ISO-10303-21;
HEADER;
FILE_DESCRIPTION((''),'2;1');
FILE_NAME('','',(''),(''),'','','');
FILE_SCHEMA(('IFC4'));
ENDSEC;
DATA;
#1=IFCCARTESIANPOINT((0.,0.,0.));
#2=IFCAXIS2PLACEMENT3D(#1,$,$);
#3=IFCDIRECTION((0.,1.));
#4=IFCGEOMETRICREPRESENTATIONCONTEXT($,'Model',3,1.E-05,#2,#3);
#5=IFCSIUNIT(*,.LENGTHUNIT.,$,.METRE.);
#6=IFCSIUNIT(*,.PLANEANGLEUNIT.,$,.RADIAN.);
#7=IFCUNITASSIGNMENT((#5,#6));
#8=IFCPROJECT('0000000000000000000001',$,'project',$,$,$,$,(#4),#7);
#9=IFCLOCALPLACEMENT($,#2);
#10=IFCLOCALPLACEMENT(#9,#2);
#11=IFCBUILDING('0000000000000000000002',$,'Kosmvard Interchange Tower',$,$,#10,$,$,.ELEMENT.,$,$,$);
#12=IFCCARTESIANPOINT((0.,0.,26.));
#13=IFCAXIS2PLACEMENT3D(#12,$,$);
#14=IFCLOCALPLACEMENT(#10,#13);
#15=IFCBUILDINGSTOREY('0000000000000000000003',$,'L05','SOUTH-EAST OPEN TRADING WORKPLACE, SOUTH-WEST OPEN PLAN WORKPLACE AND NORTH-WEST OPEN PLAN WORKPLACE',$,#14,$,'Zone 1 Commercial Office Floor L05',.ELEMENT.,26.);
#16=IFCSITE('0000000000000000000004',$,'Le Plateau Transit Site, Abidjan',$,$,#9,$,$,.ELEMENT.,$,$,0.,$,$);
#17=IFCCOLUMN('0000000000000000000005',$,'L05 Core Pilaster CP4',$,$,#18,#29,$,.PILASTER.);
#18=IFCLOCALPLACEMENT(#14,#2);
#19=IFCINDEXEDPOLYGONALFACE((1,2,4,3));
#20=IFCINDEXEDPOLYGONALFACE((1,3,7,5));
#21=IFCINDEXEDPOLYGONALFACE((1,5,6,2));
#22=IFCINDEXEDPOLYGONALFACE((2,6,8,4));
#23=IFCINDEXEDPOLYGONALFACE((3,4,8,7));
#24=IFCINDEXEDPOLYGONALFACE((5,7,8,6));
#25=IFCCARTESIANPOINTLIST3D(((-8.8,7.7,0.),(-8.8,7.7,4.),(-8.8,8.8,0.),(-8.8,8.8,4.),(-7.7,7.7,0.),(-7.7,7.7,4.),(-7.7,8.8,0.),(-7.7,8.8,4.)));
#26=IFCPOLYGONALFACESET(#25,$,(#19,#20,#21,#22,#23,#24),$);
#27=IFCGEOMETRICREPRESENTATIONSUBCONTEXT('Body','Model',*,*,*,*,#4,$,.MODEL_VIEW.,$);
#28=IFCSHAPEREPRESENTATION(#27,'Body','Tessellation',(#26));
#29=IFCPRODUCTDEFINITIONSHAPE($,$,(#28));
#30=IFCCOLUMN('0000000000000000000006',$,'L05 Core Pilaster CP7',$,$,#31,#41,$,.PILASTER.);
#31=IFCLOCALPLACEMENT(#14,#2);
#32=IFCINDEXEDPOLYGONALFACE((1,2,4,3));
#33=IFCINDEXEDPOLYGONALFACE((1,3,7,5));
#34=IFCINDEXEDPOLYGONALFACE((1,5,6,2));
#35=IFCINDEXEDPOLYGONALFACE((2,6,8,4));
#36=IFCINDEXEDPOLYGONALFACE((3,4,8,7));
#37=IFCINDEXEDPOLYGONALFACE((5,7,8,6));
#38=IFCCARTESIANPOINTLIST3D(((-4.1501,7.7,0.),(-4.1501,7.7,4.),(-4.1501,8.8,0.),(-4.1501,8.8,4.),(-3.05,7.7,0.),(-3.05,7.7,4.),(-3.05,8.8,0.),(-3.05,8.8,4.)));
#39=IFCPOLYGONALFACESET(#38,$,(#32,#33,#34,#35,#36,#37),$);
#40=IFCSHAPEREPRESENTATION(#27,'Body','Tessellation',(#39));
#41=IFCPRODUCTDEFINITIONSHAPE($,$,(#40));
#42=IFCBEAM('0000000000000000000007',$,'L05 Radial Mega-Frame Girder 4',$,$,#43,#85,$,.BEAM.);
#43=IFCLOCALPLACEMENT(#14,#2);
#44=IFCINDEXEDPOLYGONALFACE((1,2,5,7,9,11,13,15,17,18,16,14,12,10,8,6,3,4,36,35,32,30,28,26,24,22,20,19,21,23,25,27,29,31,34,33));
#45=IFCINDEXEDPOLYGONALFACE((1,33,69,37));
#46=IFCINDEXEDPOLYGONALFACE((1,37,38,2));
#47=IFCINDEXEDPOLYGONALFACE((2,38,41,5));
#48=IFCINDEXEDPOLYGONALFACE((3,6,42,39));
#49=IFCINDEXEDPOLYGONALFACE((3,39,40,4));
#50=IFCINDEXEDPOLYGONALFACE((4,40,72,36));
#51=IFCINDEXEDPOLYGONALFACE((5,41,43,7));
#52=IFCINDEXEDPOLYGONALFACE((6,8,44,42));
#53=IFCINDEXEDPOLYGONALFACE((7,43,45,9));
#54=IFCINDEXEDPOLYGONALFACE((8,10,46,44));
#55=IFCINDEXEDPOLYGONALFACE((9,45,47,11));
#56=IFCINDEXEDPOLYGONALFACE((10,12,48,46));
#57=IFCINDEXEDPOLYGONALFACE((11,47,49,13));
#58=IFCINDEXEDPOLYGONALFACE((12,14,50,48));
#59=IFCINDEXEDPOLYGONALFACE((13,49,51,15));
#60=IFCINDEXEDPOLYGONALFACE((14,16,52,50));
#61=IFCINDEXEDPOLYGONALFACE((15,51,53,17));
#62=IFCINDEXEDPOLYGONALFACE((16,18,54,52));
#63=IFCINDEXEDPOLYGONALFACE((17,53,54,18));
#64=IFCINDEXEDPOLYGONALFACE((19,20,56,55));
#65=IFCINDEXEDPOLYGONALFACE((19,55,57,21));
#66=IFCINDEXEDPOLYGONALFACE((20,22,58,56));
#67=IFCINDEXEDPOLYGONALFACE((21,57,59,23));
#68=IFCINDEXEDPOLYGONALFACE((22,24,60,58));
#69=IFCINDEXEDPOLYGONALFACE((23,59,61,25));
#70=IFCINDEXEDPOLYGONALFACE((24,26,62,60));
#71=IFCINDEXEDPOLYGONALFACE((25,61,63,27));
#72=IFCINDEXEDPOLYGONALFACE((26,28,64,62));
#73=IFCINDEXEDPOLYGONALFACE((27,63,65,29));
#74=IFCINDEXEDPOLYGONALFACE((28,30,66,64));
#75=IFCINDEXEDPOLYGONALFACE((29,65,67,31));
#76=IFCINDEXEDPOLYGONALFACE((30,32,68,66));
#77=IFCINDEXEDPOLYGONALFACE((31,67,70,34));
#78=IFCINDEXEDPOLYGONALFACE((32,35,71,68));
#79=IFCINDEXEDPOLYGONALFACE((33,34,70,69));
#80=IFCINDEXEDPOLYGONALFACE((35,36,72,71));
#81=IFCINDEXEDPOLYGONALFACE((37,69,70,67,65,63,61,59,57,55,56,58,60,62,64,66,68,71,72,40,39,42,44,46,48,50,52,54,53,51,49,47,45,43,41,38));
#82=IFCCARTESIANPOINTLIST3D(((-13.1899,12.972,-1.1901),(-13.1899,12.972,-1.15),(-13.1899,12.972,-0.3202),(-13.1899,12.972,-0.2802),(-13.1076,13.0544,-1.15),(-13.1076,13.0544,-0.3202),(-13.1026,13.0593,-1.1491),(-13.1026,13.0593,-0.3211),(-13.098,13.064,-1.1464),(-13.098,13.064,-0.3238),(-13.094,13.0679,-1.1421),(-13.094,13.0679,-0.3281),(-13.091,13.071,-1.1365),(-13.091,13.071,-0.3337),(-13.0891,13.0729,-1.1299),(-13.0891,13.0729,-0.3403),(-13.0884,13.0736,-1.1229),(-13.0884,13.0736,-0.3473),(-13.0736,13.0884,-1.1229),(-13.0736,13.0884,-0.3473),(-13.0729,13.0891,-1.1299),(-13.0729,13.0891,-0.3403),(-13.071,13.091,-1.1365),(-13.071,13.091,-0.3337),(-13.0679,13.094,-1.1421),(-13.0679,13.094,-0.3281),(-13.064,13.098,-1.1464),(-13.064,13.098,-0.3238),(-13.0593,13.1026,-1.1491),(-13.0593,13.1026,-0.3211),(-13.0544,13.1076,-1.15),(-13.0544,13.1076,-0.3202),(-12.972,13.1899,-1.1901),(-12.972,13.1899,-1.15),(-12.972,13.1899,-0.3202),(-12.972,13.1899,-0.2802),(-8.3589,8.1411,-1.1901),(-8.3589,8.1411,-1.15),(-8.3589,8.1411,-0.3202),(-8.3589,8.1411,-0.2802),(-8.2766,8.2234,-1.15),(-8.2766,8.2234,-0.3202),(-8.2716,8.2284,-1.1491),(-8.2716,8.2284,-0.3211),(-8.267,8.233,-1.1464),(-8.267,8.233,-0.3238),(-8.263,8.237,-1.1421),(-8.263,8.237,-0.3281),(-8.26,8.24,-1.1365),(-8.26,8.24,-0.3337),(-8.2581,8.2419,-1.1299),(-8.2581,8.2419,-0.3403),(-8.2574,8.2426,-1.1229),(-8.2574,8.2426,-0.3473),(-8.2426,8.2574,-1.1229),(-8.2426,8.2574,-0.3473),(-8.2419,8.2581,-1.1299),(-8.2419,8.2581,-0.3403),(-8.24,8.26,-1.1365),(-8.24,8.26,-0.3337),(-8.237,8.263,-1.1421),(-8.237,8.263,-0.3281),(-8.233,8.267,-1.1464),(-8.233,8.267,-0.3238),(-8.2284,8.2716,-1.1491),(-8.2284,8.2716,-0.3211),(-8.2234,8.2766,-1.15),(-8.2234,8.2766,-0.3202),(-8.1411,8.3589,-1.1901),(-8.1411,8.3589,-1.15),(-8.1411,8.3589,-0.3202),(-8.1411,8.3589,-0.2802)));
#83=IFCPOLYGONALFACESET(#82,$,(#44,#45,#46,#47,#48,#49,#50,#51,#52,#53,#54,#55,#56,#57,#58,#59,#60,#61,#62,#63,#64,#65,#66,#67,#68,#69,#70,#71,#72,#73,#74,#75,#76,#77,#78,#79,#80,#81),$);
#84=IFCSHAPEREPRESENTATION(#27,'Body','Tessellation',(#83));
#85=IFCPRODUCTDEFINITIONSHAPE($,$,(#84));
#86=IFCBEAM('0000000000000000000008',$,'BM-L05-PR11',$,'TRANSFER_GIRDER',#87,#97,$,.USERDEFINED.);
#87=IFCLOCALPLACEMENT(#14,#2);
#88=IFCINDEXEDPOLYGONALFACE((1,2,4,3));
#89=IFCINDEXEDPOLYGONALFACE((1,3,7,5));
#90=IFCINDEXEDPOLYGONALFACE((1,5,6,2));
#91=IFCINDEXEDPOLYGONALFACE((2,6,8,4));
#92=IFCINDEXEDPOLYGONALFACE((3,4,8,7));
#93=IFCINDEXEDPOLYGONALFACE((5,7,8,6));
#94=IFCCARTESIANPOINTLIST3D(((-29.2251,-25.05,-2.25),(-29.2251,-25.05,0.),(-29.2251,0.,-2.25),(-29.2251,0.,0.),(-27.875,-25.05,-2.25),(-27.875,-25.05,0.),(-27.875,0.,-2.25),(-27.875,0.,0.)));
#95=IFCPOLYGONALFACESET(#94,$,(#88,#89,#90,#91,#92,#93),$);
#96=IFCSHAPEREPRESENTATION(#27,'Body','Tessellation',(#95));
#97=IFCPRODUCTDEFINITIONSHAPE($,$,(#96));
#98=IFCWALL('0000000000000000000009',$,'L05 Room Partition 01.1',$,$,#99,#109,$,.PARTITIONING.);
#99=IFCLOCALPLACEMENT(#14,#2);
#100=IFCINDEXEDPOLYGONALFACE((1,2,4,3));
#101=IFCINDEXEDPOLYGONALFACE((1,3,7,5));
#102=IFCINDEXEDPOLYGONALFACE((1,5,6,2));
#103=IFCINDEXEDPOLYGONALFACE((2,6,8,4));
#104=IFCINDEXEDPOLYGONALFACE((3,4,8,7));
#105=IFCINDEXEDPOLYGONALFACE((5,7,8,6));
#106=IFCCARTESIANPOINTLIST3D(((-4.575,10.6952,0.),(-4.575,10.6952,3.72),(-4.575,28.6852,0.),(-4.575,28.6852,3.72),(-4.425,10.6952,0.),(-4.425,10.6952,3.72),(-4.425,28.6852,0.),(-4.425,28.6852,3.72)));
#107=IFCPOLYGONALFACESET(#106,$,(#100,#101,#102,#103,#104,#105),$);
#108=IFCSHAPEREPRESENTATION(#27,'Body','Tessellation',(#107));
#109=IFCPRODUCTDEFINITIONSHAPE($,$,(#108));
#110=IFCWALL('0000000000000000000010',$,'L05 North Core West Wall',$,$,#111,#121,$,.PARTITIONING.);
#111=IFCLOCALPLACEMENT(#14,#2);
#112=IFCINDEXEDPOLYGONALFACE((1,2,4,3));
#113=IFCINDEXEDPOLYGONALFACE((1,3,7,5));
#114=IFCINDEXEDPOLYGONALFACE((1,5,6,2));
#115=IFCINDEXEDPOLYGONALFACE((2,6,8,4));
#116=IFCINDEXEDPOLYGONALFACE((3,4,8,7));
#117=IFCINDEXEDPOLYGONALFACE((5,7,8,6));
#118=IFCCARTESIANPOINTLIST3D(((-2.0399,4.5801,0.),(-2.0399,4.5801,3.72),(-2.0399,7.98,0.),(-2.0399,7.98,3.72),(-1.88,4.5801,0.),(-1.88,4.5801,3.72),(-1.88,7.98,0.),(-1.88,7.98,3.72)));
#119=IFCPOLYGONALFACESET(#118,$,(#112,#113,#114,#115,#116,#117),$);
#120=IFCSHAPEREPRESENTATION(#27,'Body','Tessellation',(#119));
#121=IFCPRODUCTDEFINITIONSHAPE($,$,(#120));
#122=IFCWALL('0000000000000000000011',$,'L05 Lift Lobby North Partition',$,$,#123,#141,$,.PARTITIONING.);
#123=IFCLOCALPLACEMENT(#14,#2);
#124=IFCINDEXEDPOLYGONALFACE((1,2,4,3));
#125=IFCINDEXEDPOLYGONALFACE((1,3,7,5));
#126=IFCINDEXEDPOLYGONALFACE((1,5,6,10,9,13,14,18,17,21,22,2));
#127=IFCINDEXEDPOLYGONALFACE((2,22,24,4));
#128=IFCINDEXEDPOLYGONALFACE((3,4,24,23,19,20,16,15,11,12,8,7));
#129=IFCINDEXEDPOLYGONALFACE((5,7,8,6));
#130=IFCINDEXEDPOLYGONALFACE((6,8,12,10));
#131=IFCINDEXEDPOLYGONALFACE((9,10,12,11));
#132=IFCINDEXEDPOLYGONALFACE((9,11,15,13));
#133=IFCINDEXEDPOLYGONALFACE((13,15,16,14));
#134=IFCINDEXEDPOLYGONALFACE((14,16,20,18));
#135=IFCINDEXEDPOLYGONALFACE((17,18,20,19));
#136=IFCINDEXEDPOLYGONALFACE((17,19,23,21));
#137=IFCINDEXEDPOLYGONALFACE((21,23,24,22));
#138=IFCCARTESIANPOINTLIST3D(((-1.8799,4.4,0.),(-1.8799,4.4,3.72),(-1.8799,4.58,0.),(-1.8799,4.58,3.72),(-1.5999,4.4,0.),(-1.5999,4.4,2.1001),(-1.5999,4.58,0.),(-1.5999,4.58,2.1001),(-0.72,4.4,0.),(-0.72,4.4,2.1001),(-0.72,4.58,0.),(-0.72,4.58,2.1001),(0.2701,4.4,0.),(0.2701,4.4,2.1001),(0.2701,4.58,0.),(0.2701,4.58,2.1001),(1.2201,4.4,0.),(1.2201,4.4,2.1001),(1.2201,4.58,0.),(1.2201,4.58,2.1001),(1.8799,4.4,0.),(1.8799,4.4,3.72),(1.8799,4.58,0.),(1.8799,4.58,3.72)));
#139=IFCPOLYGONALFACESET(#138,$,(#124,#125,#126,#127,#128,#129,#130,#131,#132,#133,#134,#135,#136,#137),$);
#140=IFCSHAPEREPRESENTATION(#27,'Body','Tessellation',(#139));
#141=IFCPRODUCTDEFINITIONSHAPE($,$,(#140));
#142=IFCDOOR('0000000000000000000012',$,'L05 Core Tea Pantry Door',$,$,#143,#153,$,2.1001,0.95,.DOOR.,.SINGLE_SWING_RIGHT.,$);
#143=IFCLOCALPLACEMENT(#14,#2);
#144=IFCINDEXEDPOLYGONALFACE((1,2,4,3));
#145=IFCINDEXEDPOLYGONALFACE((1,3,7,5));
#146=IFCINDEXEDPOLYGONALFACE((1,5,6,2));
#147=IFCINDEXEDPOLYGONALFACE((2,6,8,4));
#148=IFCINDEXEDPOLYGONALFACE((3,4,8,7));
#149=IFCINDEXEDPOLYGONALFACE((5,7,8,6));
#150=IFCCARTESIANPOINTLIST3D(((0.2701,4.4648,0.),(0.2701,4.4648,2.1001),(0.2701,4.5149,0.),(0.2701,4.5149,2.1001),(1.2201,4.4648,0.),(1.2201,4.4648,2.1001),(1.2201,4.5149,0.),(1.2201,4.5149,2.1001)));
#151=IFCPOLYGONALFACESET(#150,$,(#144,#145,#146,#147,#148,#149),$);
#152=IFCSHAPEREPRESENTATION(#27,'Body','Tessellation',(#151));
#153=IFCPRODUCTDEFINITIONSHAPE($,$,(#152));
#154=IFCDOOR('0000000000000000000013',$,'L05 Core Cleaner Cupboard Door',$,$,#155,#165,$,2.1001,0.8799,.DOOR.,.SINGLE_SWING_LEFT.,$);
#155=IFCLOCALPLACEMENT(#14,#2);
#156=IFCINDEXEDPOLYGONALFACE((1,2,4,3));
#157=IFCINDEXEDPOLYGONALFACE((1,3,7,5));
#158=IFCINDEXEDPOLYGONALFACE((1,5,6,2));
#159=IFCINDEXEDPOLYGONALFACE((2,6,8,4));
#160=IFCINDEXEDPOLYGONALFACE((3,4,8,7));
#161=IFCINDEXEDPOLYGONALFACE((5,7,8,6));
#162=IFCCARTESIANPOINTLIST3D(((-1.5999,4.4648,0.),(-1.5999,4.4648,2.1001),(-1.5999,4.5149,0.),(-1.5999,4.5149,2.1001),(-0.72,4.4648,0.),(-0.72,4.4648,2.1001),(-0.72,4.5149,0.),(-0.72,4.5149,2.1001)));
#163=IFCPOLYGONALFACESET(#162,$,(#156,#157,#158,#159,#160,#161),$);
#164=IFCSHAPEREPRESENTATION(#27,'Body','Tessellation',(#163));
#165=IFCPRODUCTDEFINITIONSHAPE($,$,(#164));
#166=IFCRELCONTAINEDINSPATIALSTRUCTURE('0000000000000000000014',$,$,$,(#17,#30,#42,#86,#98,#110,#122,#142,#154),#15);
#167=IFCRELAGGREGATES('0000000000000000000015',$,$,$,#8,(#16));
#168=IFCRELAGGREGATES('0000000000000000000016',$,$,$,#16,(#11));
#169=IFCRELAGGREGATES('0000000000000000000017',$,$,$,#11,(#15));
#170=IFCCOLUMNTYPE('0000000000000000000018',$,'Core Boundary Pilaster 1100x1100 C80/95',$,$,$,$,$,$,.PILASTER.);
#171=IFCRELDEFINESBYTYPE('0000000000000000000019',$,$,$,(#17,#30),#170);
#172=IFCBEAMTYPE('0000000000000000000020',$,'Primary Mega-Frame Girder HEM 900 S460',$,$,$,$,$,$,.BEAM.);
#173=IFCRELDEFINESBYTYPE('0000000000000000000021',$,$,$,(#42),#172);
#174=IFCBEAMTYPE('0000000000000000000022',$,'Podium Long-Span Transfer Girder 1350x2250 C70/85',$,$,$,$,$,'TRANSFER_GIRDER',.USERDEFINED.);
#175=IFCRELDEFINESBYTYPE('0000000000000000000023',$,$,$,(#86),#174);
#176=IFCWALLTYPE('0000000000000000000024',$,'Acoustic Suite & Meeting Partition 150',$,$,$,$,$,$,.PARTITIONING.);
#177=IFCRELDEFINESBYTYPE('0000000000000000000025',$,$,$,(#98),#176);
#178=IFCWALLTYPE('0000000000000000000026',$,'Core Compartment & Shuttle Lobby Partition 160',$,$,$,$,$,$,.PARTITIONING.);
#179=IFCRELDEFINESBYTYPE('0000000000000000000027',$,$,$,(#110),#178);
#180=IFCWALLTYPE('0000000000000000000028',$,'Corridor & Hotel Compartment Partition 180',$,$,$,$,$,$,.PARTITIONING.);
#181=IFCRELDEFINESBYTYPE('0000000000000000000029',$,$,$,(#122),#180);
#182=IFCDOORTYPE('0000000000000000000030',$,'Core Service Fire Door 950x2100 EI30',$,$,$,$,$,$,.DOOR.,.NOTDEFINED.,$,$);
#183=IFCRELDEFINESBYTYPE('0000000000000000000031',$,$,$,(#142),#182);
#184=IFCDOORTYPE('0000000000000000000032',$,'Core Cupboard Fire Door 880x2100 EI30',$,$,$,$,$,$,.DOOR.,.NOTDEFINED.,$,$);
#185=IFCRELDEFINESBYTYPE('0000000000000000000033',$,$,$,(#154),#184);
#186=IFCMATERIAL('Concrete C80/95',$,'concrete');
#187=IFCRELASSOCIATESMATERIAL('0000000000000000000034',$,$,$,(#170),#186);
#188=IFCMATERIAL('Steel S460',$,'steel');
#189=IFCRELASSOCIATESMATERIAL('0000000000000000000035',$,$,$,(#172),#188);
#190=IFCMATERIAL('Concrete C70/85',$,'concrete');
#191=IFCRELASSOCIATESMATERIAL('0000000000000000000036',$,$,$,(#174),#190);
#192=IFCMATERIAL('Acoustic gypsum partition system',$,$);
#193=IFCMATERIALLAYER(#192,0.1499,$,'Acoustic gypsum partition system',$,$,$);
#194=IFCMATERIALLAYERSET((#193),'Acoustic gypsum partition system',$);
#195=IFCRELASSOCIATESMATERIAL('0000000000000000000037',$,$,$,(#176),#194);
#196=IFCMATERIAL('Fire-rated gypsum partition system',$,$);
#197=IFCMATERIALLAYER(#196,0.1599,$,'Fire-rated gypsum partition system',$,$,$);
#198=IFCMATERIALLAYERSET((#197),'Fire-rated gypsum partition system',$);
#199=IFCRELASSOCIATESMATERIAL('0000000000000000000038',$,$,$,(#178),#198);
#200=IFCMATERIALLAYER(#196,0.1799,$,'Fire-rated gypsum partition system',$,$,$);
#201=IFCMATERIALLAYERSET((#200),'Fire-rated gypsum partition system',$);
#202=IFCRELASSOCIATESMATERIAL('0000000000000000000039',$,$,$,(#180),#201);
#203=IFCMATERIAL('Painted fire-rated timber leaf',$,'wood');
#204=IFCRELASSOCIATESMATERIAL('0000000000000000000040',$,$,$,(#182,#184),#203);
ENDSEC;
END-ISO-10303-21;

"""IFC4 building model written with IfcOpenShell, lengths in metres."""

from ifc_helpers import new_model, si_unit, direction, frame, frame_2d, origin, origin_2d, place, context, subcontext, project, spatial, rectangle, i_section, extrude, source, transform, mapped, material, layer, layer_set, material_profile, profile_set, type_object, element, fill, save


model = new_model("IFC4")

# Units and contexts
model_context = context("Model", 3, precision=1e-05, world=origin(), true_north=direction((0.0, 1.0)))
body_context = subcontext(model_context, "Body", "Model", "MODEL_VIEW")
ifc_project = project(units=[si_unit("LENGTHUNIT", "METRE"), si_unit("PLANEANGLEUNIT", "RADIAN")], contexts=[model_context])

# Site, building, storey
site_placement = place(None, origin())
site = spatial("IfcSite", under=ifc_project, at=site_placement, Name="Le Plateau Transit Site, Abidjan", CompositionType="ELEMENT", RefElevation=0.0)
building_placement = place(site_placement, origin())
building = spatial("IfcBuilding", under=site, at=building_placement, Name="Kosmvard Interchange Tower", CompositionType="ELEMENT")
storey_placement = place(building_placement, frame((0.0, 0.0, 26.0)))
storey = spatial("IfcBuildingStorey", under=building, at=storey_placement, Name="L05", Description="SOUTH-EAST OPEN TRADING WORKPLACE, SOUTH-WEST OPEN PLAN WORKPLACE AND NORTH-WEST OPEN PLAN WORKPLACE", LongName="Zone 1 Commercial Office Floor L05", CompositionType="ELEMENT", Elevation=26.0)

# Columns
ifc_material_1 = material(Name="Concrete C80/95", Category="concrete")
ifc_material_profile_1 = material_profile(ifc_material_1, rectangle(XDim=1.1001, YDim=1.1001, at=origin_2d()), Name="CP 1100x1100")
ifc_profile_set_1 = profile_set([ifc_material_profile_1], Name="Concrete C80/95")
column_type = type_object("IfcColumnType", Name="Core Boundary Pilaster 1100x1100 C80/95", PredefinedType="PILASTER", material=ifc_profile_set_1)
shared_shape_1 = source(origin(), body_context, "Body", "SweptSolid", [
    extrude(rectangle(XDim=1.1001, YDim=1.1001, at=origin_2d()), origin(), (0.0, 0.0, 1.0), 4.0),
])
for number, where, z_axis, x_axis, name in (
    (1, (-8.25, 8.25, 0.0), (0.0, 0.0, 1.0), (1.0, 0.0, 0.0), "L05 Core Pilaster CP4"),
    (2, (-3.6001, 8.25, 0.0), (0.0, 0.0, 1.0), (1.0, 0.0, 0.0), "L05 Core Pilaster CP7"),
):
    element("IfcColumn", number, at=place(storey_placement, frame(where, z_axis=z_axis, x_axis=x_axis)), inside=storey, type_object=column_type, Name=name, PredefinedType="PILASTER", context=body_context, shape_type="MappedRepresentation", body=[
        mapped(shared_shape_1, transform((0.0, 0.0, 0.0), scale=1.0)),
    ])

# Beams
ifc_material_2 = material(Name="Steel S460", Category="steel")
ifc_material_profile_2 = material_profile(ifc_material_2, i_section(OverallWidth=0.3081, OverallDepth=0.9099, WebThickness=0.021, FlangeThickness=0.04, FilletRadius=0.0271, at=origin_2d()), Name="HEM 900")
ifc_profile_set_2 = profile_set([ifc_material_profile_2], Name="Steel S460")
beam_type_1 = type_object("IfcBeamType", Name="Primary Mega-Frame Girder HEM 900 S460", PredefinedType="BEAM", material=ifc_profile_set_2)
shared_shape_2 = source(origin(), body_context, "Body", "SweptSolid", [
    extrude(i_section(OverallWidth=0.3081, OverallDepth=0.9099, WebThickness=0.021, FlangeThickness=0.04, FilletRadius=0.0271, at=origin_2d()), origin(), (0.0, 0.0, 1.0), 6.832),
])
beam_1_placement = place(storey_placement, frame((-8.25, 8.25, -0.7351), z_axis=(-0.707107, 0.707107, 0.0), x_axis=(-0.707107, -0.707107, 0.0)))
element("IfcBeam", 3, at=beam_1_placement, inside=storey, type_object=beam_type_1, Name="L05 Radial Mega-Frame Girder 4", PredefinedType="BEAM", context=body_context, shape_type="MappedRepresentation", body=[
    mapped(shared_shape_2, transform((0.0, 0.0, 0.0), scale=1.0)),
])
ifc_material_3 = material(Name="Concrete C70/85", Category="concrete")
ifc_material_profile_3 = material_profile(ifc_material_3, rectangle(XDim=1.3501, YDim=2.25, at=origin_2d()), Name="TG 1350x2250")
ifc_profile_set_3 = profile_set([ifc_material_profile_3], Name="Concrete C70/85")
beam_type_2 = type_object("IfcBeamType", Name="Podium Long-Span Transfer Girder 1350x2250 C70/85", ElementType="TRANSFER_GIRDER", PredefinedType="USERDEFINED", material=ifc_profile_set_3)
shared_shape_3 = source(origin(), body_context, "Body", "SweptSolid", [
    extrude(rectangle(XDim=1.3501, YDim=2.25, at=origin_2d()), origin(), (0.0, 0.0, 1.0), 25.05),
])
beam_2_placement = place(storey_placement, frame((-28.55, 0.0, -1.125), z_axis=(0.0, -1.0, 0.0), x_axis=(1.0, 0.0, 0.0)))
element("IfcBeam", 4, at=beam_2_placement, inside=storey, type_object=beam_type_2, Name="BM-L05-PR11", ObjectType="TRANSFER_GIRDER", PredefinedType="USERDEFINED", context=body_context, shape_type="MappedRepresentation", body=[
    mapped(shared_shape_3, transform((0.0, 0.0, 0.0), scale=1.0)),
])

# Walls
ifc_material_4 = material(Name="Acoustic gypsum partition system")
ifc_layer_1 = layer(ifc_material_4, 0.1499, Name="Acoustic gypsum partition system")
ifc_layer_set_1 = layer_set([ifc_layer_1], Name="Acoustic gypsum partition system")
wall_type_1 = type_object("IfcWallType", Name="Acoustic Suite & Meeting Partition 150", PredefinedType="PARTITIONING", material=ifc_layer_set_1)
wall_1_placement = place(storey_placement, frame((-4.5, 10.6951, 0.0), z_axis=(0.0, 0.0, 1.0), x_axis=(0.0, 1.0, 0.0)))
element("IfcWall", 5, at=wall_1_placement, inside=storey, type_object=wall_type_1, Name="L05 Room Partition 01.1", PredefinedType="PARTITIONING", context=body_context, shape_type="SweptSolid", body=[
    extrude(rectangle(XDim=17.99, YDim=0.1499, at=frame_2d((8.9951, 0.0))), origin(), (0.0, 0.0, 1.0), 3.72),
])
ifc_material_5 = material(Name="Fire-rated gypsum partition system")
ifc_layer_2 = layer(ifc_material_5, 0.1599, Name="Fire-rated gypsum partition system")
ifc_layer_set_2 = layer_set([ifc_layer_2], Name="Fire-rated gypsum partition system")
wall_type_2 = type_object("IfcWallType", Name="Core Compartment & Shuttle Lobby Partition 160", PredefinedType="PARTITIONING", material=ifc_layer_set_2)
wall_2_placement = place(storey_placement, frame((-1.96, 4.5801, 0.0), z_axis=(0.0, 0.0, 1.0), x_axis=(0.0, 1.0, 0.0)))
element("IfcWall", 6, at=wall_2_placement, inside=storey, type_object=wall_type_2, Name="L05 North Core West Wall", PredefinedType="PARTITIONING", context=body_context, shape_type="SweptSolid", body=[
    extrude(rectangle(XDim=3.3999, YDim=0.1599, at=frame_2d((1.7, 0.0))), origin(), (0.0, 0.0, 1.0), 3.72),
])

# Wall, openings, doors
ifc_layer_3 = layer(ifc_material_5, 0.1799, Name="Fire-rated gypsum partition system")
ifc_layer_set_3 = layer_set([ifc_layer_3], Name="Fire-rated gypsum partition system")
wall_type_3 = type_object("IfcWallType", Name="Corridor & Hotel Compartment Partition 180", PredefinedType="PARTITIONING", material=ifc_layer_set_3)
wall_3_placement = place(storey_placement, frame((-1.8799, 4.49, 0.0), z_axis=(0.0, 0.0, 1.0), x_axis=(1.0, 0.0, 0.0)))
wall_3 = element("IfcWall", 7, at=wall_3_placement, inside=storey, type_object=wall_type_3, Name="L05 Lift Lobby North Partition", PredefinedType="PARTITIONING", context=body_context, shape_type="SweptSolid", body=[
    extrude(rectangle(XDim=3.7598, YDim=0.1799, at=frame_2d((1.8799, 0.0))), origin(), (0.0, 0.0, 1.0), 3.72),
])
opening_1_placement = place(wall_3_placement, frame((0.28, 0.0, 0.0)))
opening_1 = element("IfcOpeningElement", 8, at=opening_1_placement, cuts=wall_3, PredefinedType="OPENING", context=body_context, shape_type="SweptSolid", body=[
    extrude(rectangle(XDim=0.8799, YDim=2.1001, at=frame_2d((0.4399, 1.05))), frame((0.0, 0.1001, 0.0), z_axis=(0.0, -1.0, 0.0), x_axis=(1.0, 0.0, 0.0)), (0.0, 0.0, 1.0), 0.2),
])
opening_2_placement = place(wall_3_placement, frame((2.1499, 0.0, 0.0)))
opening_2 = element("IfcOpeningElement", 9, at=opening_2_placement, cuts=wall_3, PredefinedType="OPENING", context=body_context, shape_type="SweptSolid", body=[
    extrude(rectangle(XDim=0.95, YDim=2.1001, at=frame_2d((0.4751, 1.05))), frame((0.0, 0.1001, 0.0), z_axis=(0.0, -1.0, 0.0), x_axis=(1.0, 0.0, 0.0)), (0.0, 0.0, 1.0), 0.2),
])
ifc_material_6 = material(Name="Painted fire-rated timber leaf", Category="wood")
door_type_1 = type_object("IfcDoorType", Name="Core Service Fire Door 950x2100 EI30", OperationType="NOTDEFINED", PredefinedType="DOOR", material=ifc_material_6)
shared_shape_4 = source(origin(), body_context, "Body", "SweptSolid", [
    extrude(rectangle(XDim=0.95, YDim=2.1001, at=frame_2d((0.4751, 1.05))), frame((0.0, 0.0249, 0.0), z_axis=(0.0, -1.0, 0.0), x_axis=(1.0, 0.0, 0.0)), (0.0, 0.0, 1.0), 0.05),
])
door_1_placement = place(opening_2_placement, origin())
door_1 = element("IfcDoor", 10, at=door_1_placement, inside=storey, type_object=door_type_1, Name="L05 Core Tea Pantry Door", OperationType="SINGLE_SWING_RIGHT", OverallHeight=2.1001, OverallWidth=0.95, PredefinedType="DOOR", context=body_context, shape_type="MappedRepresentation", body=[
    mapped(shared_shape_4, transform((0.0, 0.0, 0.0), scale=1.0)),
])
fill(opening_2, door_1)
door_type_2 = type_object("IfcDoorType", Name="Core Cupboard Fire Door 880x2100 EI30", OperationType="NOTDEFINED", PredefinedType="DOOR", material=ifc_material_6)
shared_shape_5 = source(origin(), body_context, "Body", "SweptSolid", [
    extrude(rectangle(XDim=0.8799, YDim=2.1001, at=frame_2d((0.4399, 1.05))), frame((0.0, 0.0249, 0.0), z_axis=(0.0, -1.0, 0.0), x_axis=(1.0, 0.0, 0.0)), (0.0, 0.0, 1.0), 0.05),
])
door_2_placement = place(opening_1_placement, origin())
door_2 = element("IfcDoor", 11, at=door_2_placement, inside=storey, type_object=door_type_2, Name="L05 Core Cleaner Cupboard Door", OperationType="SINGLE_SWING_LEFT", OverallHeight=2.1001, OverallWidth=0.8799, PredefinedType="DOOR", context=body_context, shape_type="MappedRepresentation", body=[
    mapped(shared_shape_5, transform((0.0, 0.0, 0.0), scale=1.0)),
])
fill(opening_1, door_2)

save(model, "model.ifc")
